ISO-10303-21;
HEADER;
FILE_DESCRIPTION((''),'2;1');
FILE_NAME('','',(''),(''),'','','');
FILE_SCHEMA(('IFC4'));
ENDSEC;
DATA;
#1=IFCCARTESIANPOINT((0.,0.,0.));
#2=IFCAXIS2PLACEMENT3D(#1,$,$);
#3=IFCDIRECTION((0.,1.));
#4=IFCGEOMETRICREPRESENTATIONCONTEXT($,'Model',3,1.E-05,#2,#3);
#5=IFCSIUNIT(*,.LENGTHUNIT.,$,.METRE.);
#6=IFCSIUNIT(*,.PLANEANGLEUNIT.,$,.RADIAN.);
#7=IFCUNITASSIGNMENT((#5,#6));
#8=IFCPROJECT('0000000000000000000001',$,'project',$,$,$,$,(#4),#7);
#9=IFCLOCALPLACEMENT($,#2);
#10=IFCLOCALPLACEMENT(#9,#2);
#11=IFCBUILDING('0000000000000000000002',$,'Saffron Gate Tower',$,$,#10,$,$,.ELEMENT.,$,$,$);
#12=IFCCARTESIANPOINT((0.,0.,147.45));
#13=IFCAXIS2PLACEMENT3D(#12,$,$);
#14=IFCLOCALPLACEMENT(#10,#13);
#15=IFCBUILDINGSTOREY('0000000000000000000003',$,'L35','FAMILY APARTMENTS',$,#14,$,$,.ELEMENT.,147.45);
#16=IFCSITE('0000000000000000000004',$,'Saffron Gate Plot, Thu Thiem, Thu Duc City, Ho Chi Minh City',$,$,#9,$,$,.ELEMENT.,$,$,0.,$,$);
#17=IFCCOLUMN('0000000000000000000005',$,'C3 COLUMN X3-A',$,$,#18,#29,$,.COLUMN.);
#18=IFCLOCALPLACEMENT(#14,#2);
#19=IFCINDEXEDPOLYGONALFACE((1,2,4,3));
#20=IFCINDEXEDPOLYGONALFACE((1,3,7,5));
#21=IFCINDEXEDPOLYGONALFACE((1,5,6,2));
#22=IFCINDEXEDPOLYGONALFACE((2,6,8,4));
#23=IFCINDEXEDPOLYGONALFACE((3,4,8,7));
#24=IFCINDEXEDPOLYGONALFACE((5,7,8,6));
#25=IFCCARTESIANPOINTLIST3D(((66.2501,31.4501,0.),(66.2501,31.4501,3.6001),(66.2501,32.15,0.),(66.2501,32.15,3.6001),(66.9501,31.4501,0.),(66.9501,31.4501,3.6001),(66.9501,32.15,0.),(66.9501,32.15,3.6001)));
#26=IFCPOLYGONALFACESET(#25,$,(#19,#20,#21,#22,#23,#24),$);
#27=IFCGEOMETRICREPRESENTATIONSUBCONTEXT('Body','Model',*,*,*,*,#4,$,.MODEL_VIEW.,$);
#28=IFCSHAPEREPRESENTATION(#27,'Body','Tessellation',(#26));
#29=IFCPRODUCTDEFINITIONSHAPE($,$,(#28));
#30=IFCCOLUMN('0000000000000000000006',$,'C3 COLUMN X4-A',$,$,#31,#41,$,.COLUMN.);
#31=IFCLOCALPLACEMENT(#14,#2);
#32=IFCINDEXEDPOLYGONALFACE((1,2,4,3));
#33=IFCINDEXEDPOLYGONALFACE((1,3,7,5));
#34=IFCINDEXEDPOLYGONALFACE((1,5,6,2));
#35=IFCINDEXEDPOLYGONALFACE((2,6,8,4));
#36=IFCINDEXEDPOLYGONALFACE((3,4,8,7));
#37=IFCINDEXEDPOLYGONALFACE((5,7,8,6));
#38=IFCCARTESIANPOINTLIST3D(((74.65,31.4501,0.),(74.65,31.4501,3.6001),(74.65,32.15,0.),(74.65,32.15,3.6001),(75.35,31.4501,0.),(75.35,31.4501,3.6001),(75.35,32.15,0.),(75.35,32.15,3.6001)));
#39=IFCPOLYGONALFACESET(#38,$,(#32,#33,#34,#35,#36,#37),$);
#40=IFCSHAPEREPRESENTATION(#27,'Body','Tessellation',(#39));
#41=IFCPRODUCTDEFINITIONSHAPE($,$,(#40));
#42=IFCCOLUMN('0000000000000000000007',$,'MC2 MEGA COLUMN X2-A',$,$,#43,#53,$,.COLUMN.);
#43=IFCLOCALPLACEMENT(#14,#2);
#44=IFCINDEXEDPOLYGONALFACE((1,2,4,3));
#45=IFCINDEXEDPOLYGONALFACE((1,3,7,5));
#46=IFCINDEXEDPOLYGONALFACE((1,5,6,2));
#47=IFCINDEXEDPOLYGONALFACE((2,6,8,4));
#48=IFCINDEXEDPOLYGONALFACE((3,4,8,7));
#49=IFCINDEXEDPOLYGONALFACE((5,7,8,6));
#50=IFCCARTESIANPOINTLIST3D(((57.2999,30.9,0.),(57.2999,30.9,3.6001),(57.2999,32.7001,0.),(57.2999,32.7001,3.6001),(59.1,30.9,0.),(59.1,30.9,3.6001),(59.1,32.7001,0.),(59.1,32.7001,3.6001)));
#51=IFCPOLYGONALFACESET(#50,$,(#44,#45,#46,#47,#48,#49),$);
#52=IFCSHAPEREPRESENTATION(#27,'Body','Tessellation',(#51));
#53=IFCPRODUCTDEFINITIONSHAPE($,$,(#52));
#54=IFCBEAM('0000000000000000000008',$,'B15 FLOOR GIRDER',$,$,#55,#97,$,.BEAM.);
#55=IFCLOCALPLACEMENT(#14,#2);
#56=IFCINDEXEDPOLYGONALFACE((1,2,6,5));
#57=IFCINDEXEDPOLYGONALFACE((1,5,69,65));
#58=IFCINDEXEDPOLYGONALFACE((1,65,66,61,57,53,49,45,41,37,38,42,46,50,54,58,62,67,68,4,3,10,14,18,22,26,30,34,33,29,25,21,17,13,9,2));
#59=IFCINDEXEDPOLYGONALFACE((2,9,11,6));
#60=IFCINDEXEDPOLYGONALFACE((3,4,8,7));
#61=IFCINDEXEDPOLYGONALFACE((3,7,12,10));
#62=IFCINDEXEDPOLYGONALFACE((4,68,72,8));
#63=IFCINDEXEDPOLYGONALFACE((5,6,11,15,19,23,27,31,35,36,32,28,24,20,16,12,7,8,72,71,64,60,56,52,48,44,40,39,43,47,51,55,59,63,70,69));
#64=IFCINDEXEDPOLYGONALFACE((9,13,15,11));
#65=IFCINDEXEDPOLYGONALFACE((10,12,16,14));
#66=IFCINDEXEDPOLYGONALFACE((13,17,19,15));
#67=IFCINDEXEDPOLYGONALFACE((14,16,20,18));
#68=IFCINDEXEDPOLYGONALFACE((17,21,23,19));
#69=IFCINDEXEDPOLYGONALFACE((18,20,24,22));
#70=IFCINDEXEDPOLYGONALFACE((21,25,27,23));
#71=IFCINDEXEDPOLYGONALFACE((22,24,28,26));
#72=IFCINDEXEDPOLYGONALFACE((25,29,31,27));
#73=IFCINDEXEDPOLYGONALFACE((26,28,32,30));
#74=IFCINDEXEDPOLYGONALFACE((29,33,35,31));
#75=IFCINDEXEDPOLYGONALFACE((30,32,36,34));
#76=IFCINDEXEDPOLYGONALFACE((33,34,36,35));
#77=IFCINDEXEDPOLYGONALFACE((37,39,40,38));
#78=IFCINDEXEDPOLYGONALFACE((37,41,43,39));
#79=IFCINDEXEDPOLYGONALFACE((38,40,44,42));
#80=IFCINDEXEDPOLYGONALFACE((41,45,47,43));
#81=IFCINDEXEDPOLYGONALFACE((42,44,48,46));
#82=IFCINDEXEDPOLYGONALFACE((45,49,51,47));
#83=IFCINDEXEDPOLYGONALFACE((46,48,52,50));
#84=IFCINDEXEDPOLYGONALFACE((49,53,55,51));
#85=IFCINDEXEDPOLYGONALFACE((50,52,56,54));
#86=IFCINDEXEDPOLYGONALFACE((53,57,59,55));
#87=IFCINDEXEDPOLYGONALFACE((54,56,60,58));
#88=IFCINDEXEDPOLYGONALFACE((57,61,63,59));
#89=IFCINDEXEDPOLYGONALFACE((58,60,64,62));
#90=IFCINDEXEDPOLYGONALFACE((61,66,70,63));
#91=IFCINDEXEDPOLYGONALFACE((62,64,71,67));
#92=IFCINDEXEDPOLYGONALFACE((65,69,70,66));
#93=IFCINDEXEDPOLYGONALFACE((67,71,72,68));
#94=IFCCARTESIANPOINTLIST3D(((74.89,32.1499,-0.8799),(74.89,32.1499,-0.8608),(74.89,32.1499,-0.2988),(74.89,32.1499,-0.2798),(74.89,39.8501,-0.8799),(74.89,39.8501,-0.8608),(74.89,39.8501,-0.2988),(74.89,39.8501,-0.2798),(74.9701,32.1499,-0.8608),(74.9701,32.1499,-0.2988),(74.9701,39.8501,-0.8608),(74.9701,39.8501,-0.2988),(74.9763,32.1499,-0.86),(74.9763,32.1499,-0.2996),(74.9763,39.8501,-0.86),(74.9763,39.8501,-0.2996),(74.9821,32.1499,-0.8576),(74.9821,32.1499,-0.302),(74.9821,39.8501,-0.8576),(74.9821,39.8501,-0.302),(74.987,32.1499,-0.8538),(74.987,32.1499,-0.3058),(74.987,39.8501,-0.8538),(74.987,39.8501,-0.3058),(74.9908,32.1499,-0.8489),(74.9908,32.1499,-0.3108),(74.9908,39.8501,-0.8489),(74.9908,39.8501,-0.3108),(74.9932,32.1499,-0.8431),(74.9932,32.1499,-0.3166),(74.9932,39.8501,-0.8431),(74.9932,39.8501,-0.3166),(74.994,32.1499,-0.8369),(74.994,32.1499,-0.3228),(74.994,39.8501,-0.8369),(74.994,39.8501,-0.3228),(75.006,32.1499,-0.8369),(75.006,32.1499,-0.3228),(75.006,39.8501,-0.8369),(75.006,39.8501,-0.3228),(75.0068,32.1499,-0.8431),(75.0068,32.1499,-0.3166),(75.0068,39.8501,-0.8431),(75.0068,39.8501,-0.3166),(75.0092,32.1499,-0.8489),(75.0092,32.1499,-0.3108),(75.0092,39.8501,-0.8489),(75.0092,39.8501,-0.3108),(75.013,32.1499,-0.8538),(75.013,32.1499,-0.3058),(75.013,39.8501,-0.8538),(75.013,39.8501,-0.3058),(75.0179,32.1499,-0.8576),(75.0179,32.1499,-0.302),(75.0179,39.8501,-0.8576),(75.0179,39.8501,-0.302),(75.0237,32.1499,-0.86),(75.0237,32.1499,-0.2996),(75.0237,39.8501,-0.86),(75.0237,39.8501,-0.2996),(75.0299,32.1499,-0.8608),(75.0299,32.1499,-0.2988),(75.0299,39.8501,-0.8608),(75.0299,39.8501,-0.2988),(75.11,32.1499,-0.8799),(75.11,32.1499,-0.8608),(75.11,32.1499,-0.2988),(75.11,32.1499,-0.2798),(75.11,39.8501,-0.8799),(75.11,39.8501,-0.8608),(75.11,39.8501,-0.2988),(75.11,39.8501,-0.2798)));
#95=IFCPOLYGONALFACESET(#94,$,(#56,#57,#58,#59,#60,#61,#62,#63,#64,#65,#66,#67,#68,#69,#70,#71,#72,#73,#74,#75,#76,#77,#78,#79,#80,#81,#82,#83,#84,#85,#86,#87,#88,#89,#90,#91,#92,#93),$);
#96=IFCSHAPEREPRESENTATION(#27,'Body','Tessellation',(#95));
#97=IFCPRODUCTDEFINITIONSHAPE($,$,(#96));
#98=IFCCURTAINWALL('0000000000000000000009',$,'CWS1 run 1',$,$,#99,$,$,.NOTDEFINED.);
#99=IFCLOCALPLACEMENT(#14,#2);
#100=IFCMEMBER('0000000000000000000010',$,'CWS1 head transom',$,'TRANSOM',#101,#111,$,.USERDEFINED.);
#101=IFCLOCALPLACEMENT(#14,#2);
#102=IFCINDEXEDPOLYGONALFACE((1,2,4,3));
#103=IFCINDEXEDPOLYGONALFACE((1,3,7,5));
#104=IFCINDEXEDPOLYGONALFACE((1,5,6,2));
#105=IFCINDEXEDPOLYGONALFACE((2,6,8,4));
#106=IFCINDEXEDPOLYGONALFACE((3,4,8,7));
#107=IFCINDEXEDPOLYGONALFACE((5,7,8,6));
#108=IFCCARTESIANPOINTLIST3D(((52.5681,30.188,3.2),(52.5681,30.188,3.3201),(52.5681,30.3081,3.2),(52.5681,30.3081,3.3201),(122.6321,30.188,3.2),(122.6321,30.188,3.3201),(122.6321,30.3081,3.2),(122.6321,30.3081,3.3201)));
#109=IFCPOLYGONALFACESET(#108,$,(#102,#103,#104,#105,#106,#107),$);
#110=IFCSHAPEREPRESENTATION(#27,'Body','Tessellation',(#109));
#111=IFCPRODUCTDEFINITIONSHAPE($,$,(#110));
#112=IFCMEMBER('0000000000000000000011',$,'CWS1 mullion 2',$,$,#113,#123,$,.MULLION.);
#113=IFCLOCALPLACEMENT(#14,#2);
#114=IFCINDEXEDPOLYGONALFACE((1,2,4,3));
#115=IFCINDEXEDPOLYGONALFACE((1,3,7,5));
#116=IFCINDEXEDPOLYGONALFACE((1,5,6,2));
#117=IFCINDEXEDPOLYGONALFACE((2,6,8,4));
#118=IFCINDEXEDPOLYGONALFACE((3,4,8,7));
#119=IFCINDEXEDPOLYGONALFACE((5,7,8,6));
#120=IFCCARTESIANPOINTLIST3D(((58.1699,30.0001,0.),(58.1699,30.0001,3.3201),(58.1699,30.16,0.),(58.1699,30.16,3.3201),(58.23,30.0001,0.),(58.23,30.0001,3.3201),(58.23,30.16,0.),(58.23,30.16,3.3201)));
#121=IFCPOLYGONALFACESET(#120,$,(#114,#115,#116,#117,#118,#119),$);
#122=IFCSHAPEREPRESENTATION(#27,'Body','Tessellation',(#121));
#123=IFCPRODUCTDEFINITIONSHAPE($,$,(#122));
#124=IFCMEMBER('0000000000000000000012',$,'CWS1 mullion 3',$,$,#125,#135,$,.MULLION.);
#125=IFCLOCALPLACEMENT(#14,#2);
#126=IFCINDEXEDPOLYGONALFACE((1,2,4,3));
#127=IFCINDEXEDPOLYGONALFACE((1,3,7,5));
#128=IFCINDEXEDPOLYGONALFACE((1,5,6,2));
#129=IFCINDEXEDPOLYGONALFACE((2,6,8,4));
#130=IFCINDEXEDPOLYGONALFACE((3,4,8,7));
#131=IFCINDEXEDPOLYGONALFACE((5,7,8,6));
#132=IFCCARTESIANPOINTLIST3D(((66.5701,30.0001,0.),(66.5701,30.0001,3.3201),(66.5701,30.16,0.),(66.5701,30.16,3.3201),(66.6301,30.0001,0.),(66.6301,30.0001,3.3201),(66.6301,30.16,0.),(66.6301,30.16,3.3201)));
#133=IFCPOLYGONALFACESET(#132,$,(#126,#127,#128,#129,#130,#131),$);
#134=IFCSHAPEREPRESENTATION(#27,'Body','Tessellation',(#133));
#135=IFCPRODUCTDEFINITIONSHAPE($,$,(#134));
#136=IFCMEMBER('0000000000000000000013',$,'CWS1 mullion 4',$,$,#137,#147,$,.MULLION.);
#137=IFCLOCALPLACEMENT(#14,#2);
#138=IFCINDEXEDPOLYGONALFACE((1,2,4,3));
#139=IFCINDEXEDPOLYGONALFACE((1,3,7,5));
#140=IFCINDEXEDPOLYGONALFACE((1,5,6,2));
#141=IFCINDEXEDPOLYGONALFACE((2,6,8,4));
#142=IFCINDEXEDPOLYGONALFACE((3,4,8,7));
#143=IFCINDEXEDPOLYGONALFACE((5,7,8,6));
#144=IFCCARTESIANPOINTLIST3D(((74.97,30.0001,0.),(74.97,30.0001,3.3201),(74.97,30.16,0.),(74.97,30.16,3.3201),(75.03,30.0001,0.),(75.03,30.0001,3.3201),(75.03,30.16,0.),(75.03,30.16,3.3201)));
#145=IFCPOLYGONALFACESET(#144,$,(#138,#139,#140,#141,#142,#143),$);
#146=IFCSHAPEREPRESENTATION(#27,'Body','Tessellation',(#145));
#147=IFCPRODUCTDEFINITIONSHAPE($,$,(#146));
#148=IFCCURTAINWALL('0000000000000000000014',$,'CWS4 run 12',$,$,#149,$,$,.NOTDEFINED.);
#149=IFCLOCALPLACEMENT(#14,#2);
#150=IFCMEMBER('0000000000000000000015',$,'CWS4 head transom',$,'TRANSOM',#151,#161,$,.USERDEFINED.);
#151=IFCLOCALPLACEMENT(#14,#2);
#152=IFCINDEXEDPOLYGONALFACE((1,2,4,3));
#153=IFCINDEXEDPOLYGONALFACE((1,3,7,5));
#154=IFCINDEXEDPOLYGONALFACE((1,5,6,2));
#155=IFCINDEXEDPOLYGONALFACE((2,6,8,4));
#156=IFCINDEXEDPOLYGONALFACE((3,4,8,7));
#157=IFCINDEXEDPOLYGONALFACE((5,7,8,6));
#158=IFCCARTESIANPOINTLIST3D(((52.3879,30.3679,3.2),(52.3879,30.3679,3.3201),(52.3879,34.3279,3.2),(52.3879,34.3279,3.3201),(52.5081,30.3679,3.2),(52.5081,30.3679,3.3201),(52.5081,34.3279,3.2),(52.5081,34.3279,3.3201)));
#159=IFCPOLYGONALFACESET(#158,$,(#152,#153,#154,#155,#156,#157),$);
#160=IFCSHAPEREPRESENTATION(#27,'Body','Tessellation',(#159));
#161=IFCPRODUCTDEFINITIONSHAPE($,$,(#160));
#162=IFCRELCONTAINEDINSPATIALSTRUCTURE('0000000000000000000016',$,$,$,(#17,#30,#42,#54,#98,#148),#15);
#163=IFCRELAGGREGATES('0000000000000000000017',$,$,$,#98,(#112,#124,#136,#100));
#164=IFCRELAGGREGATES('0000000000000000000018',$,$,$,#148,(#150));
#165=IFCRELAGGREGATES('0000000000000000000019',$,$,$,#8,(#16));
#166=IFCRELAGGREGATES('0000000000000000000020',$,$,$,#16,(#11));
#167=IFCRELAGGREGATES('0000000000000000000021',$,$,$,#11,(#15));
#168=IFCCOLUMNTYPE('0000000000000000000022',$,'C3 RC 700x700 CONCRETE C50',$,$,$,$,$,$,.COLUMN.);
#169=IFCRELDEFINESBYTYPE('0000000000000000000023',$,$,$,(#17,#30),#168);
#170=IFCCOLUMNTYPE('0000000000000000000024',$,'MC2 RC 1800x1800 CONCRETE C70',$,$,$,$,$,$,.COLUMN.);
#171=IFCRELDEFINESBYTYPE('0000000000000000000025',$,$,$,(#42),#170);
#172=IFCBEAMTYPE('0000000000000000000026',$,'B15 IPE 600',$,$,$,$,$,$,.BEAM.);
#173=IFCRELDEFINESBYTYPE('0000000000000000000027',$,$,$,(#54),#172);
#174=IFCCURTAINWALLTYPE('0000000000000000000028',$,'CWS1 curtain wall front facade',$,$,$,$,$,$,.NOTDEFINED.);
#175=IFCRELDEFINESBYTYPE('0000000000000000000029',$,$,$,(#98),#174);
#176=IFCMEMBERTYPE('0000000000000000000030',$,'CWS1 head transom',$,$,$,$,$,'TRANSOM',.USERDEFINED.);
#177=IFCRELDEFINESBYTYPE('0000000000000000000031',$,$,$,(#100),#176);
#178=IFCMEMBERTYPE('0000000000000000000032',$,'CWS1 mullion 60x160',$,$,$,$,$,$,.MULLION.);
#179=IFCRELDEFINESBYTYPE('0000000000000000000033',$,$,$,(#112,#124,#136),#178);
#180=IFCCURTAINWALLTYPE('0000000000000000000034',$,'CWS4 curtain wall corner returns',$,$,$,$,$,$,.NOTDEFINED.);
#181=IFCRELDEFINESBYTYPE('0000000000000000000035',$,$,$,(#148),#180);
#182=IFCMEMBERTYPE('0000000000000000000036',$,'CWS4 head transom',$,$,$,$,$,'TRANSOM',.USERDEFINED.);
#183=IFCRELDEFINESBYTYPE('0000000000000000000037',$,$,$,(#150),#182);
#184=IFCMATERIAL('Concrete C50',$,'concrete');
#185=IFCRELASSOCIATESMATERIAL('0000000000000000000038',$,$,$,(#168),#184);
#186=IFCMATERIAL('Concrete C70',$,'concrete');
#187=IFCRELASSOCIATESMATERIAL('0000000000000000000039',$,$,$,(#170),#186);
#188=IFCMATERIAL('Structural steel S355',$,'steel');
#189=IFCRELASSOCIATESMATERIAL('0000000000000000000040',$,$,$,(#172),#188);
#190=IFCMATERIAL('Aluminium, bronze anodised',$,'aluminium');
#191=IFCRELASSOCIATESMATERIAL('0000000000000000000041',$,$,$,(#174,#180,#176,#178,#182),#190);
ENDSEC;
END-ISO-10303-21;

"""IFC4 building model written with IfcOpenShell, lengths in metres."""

from ifc_helpers import new_model, si_unit, direction, frame, origin, origin_2d, place, context, subcontext, project, spatial, rectangle, i_section, extrude, material, material_profile, profile_set, type_object, element, aggregate, save


model = new_model("IFC4")

# Units and contexts
model_context = context("Model", 3, precision=1e-05, world=origin(), true_north=direction((0.0, 1.0)))
body_context = subcontext(model_context, "Body", "Model", "MODEL_VIEW")
ifc_project = project(units=[si_unit("LENGTHUNIT", "METRE"), si_unit("PLANEANGLEUNIT", "RADIAN")], contexts=[model_context])

# Site, building, storey
site_placement = place(None, origin())
site = spatial("IfcSite", under=ifc_project, at=site_placement, Name="Saffron Gate Plot, Thu Thiem, Thu Duc City, Ho Chi Minh City", CompositionType="ELEMENT", RefElevation=0.0)
building_placement = place(site_placement, origin())
building = spatial("IfcBuilding", under=site, at=building_placement, Name="Saffron Gate Tower", CompositionType="ELEMENT")
storey_placement = place(building_placement, frame((0.0, 0.0, 147.45)))
storey = spatial("IfcBuildingStorey", under=building, at=storey_placement, Name="L35", Description="FAMILY APARTMENTS", CompositionType="ELEMENT", Elevation=147.45)

# Columns
ifc_material_1 = material(Name="Concrete C50", Category="concrete")
ifc_material_profile_1 = material_profile(ifc_material_1, rectangle(XDim=0.7, YDim=0.7, at=origin_2d()))
ifc_profile_set_1 = profile_set([ifc_material_profile_1], Name="Concrete C50")
column_type_1 = type_object("IfcColumnType", Name="C3 RC 700x700 CONCRETE C50", PredefinedType="COLUMN", material=ifc_profile_set_1)
for number, where, z_axis, x_axis, name in (
    (1, (66.6001, 31.8, 0.0), (0.0, 0.0, 1.0), (1.0, 0.0, 0.0), "C3 COLUMN X3-A"),
    (2, (75.0, 31.8, 0.0), (0.0, 0.0, 1.0), (1.0, 0.0, 0.0), "C3 COLUMN X4-A"),
):
    element("IfcColumn", number, at=place(storey_placement, frame(where, z_axis=z_axis, x_axis=x_axis)), inside=storey, type_object=column_type_1, Name=name, PredefinedType="COLUMN", context=body_context, shape_type="SweptSolid", body=[
        extrude(rectangle(XDim=0.7, YDim=0.7, at=origin_2d()), origin(), (0.0, 0.0, 1.0), 3.6001),
    ])
ifc_material_2 = material(Name="Concrete C70", Category="concrete")
ifc_material_profile_2 = material_profile(ifc_material_2, rectangle(XDim=1.8, YDim=1.8, at=origin_2d()))
ifc_profile_set_2 = profile_set([ifc_material_profile_2], Name="Concrete C70")
column_type_2 = type_object("IfcColumnType", Name="MC2 RC 1800x1800 CONCRETE C70", PredefinedType="COLUMN", material=ifc_profile_set_2)
column_placement = place(storey_placement, frame((58.2, 31.8, 0.0), z_axis=(0.0, 0.0, 1.0), x_axis=(1.0, 0.0, 0.0)))
element("IfcColumn", 3, at=column_placement, inside=storey, type_object=column_type_2, Name="MC2 MEGA COLUMN X2-A", PredefinedType="COLUMN", context=body_context, shape_type="SweptSolid", body=[
    extrude(rectangle(XDim=1.8, YDim=1.8, at=origin_2d()), origin(), (0.0, 0.0, 1.0), 3.6001),
])

# Beam
ifc_material_3 = material(Name="Structural steel S355", Category="steel")
ifc_material_profile_3 = material_profile(ifc_material_3, i_section(OverallWidth=0.22, OverallDepth=0.6001, WebThickness=0.012, FlangeThickness=0.019, FilletRadius=0.0239, at=origin_2d()))
ifc_profile_set_3 = profile_set([ifc_material_profile_3], Name="Structural steel S355")
beam_type = type_object("IfcBeamType", Name="B15 IPE 600", PredefinedType="BEAM", material=ifc_profile_set_3)
beam_placement = place(storey_placement, frame((75.0, 32.1499, -0.5798), z_axis=(0.0, 1.0, 0.0), x_axis=(-1.0, 0.0, 0.0)))
element("IfcBeam", 4, at=beam_placement, inside=storey, type_object=beam_type, Name="B15 FLOOR GIRDER", PredefinedType="BEAM", context=body_context, shape_type="SweptSolid", body=[
    extrude(i_section(OverallWidth=0.22, OverallDepth=0.6001, WebThickness=0.012, FlangeThickness=0.019, FilletRadius=0.0239, at=origin_2d()), origin(), (0.0, 0.0, 1.0), 7.7002),
])

# Curtain wall, members
ifc_material_4 = material(Name="Aluminium, bronze anodised", Category="aluminium")
curtain_wall_type_1 = type_object("IfcCurtainWallType", Name="CWS1 curtain wall front facade", PredefinedType="NOTDEFINED", material=ifc_material_4)
curtain_wall_1_placement = place(storey_placement, origin())
curtain_wall_1 = element("IfcCurtainWall", 5, at=curtain_wall_1_placement, inside=storey, type_object=curtain_wall_type_1, Name="CWS1 run 1", PredefinedType="NOTDEFINED")
ifc_material_profile_4 = material_profile(ifc_material_4, rectangle(XDim=0.1201, YDim=0.1201, at=origin_2d()))
ifc_profile_set_4 = profile_set([ifc_material_profile_4], Name="Aluminium, bronze anodised")
member_type_1 = type_object("IfcMemberType", Name="CWS1 head transom", ElementType="TRANSOM", PredefinedType="USERDEFINED", material=ifc_profile_set_4)
member_1_placement = place(storey_placement, frame((52.5681, 30.248, 3.26), z_axis=(1.0, 0.0, 0.0), x_axis=(0.0, 1.0, 0.0)))
member_1 = element("IfcMember", 6, at=member_1_placement, type_object=member_type_1, Name="CWS1 head transom", ObjectType="TRANSOM", PredefinedType="USERDEFINED", context=body_context, shape_type="SweptSolid", body=[
    extrude(rectangle(XDim=0.1201, YDim=0.1201, at=origin_2d()), origin(), (0.0, 0.0, 1.0), 70.064),
])
ifc_material_profile_5 = material_profile(ifc_material_4, rectangle(XDim=0.1599, YDim=0.0601, at=origin_2d()))
ifc_profile_set_5 = profile_set([ifc_material_profile_5], Name="Aluminium, bronze anodised")
member_type_2 = type_object("IfcMemberType", Name="CWS1 mullion 60x160", PredefinedType="MULLION", material=ifc_profile_set_5)
member_2_placement = place(storey_placement, frame((58.2, 30.0801, 0.0), z_axis=(0.0, 0.0, 1.0), x_axis=(0.0, 1.0, 0.0)))
member_2 = element("IfcMember", 7, at=member_2_placement, type_object=member_type_2, Name="CWS1 mullion 2", PredefinedType="MULLION", context=body_context, shape_type="SweptSolid", body=[
    extrude(rectangle(XDim=0.1599, YDim=0.0601, at=origin_2d()), origin(), (0.0, 0.0, 1.0), 3.3201),
])
member_3_placement = place(storey_placement, frame((66.6001, 30.0801, 0.0), z_axis=(0.0, 0.0, 1.0), x_axis=(0.0, 1.0, 0.0)))
member_3 = element("IfcMember", 8, at=member_3_placement, type_object=member_type_2, Name="CWS1 mullion 3", PredefinedType="MULLION", context=body_context, shape_type="SweptSolid", body=[
    extrude(rectangle(XDim=0.1599, YDim=0.0601, at=origin_2d()), origin(), (0.0, 0.0, 1.0), 3.3201),
])
member_4_placement = place(storey_placement, frame((75.0, 30.0801, 0.0), z_axis=(0.0, 0.0, 1.0), x_axis=(0.0, 1.0, 0.0)))
member_4 = element("IfcMember", 9, at=member_4_placement, type_object=member_type_2, Name="CWS1 mullion 4", PredefinedType="MULLION", context=body_context, shape_type="SweptSolid", body=[
    extrude(rectangle(XDim=0.1599, YDim=0.0601, at=origin_2d()), origin(), (0.0, 0.0, 1.0), 3.3201),
])
aggregate(curtain_wall_1, [member_2, member_3, member_4, member_1])

# Curtain wall, member
curtain_wall_type_2 = type_object("IfcCurtainWallType", Name="CWS4 curtain wall corner returns", PredefinedType="NOTDEFINED", material=ifc_material_4)
curtain_wall_2_placement = place(storey_placement, origin())
curtain_wall_2 = element("IfcCurtainWall", 10, at=curtain_wall_2_placement, inside=storey, type_object=curtain_wall_type_2, Name="CWS4 run 12", PredefinedType="NOTDEFINED")
ifc_material_profile_6 = material_profile(ifc_material_4, rectangle(XDim=0.1201, YDim=0.1201, at=origin_2d()))
ifc_profile_set_6 = profile_set([ifc_material_profile_6], Name="Aluminium, bronze anodised")
member_type_3 = type_object("IfcMemberType", Name="CWS4 head transom", ElementType="TRANSOM", PredefinedType="USERDEFINED", material=ifc_profile_set_6)
member_5_placement = place(storey_placement, frame((52.448, 34.3279, 3.26), z_axis=(0.0, -1.0, 0.0), x_axis=(1.0, 0.0, 0.0)))
member_5 = element("IfcMember", 11, at=member_5_placement, type_object=member_type_3, Name="CWS4 head transom", ObjectType="TRANSOM", PredefinedType="USERDEFINED", context=body_context, shape_type="SweptSolid", body=[
    extrude(rectangle(XDim=0.1201, YDim=0.1201, at=origin_2d()), origin(), (0.0, 0.0, 1.0), 3.96),
])
aggregate(curtain_wall_2, [member_5])

save(model, "model.ifc")
